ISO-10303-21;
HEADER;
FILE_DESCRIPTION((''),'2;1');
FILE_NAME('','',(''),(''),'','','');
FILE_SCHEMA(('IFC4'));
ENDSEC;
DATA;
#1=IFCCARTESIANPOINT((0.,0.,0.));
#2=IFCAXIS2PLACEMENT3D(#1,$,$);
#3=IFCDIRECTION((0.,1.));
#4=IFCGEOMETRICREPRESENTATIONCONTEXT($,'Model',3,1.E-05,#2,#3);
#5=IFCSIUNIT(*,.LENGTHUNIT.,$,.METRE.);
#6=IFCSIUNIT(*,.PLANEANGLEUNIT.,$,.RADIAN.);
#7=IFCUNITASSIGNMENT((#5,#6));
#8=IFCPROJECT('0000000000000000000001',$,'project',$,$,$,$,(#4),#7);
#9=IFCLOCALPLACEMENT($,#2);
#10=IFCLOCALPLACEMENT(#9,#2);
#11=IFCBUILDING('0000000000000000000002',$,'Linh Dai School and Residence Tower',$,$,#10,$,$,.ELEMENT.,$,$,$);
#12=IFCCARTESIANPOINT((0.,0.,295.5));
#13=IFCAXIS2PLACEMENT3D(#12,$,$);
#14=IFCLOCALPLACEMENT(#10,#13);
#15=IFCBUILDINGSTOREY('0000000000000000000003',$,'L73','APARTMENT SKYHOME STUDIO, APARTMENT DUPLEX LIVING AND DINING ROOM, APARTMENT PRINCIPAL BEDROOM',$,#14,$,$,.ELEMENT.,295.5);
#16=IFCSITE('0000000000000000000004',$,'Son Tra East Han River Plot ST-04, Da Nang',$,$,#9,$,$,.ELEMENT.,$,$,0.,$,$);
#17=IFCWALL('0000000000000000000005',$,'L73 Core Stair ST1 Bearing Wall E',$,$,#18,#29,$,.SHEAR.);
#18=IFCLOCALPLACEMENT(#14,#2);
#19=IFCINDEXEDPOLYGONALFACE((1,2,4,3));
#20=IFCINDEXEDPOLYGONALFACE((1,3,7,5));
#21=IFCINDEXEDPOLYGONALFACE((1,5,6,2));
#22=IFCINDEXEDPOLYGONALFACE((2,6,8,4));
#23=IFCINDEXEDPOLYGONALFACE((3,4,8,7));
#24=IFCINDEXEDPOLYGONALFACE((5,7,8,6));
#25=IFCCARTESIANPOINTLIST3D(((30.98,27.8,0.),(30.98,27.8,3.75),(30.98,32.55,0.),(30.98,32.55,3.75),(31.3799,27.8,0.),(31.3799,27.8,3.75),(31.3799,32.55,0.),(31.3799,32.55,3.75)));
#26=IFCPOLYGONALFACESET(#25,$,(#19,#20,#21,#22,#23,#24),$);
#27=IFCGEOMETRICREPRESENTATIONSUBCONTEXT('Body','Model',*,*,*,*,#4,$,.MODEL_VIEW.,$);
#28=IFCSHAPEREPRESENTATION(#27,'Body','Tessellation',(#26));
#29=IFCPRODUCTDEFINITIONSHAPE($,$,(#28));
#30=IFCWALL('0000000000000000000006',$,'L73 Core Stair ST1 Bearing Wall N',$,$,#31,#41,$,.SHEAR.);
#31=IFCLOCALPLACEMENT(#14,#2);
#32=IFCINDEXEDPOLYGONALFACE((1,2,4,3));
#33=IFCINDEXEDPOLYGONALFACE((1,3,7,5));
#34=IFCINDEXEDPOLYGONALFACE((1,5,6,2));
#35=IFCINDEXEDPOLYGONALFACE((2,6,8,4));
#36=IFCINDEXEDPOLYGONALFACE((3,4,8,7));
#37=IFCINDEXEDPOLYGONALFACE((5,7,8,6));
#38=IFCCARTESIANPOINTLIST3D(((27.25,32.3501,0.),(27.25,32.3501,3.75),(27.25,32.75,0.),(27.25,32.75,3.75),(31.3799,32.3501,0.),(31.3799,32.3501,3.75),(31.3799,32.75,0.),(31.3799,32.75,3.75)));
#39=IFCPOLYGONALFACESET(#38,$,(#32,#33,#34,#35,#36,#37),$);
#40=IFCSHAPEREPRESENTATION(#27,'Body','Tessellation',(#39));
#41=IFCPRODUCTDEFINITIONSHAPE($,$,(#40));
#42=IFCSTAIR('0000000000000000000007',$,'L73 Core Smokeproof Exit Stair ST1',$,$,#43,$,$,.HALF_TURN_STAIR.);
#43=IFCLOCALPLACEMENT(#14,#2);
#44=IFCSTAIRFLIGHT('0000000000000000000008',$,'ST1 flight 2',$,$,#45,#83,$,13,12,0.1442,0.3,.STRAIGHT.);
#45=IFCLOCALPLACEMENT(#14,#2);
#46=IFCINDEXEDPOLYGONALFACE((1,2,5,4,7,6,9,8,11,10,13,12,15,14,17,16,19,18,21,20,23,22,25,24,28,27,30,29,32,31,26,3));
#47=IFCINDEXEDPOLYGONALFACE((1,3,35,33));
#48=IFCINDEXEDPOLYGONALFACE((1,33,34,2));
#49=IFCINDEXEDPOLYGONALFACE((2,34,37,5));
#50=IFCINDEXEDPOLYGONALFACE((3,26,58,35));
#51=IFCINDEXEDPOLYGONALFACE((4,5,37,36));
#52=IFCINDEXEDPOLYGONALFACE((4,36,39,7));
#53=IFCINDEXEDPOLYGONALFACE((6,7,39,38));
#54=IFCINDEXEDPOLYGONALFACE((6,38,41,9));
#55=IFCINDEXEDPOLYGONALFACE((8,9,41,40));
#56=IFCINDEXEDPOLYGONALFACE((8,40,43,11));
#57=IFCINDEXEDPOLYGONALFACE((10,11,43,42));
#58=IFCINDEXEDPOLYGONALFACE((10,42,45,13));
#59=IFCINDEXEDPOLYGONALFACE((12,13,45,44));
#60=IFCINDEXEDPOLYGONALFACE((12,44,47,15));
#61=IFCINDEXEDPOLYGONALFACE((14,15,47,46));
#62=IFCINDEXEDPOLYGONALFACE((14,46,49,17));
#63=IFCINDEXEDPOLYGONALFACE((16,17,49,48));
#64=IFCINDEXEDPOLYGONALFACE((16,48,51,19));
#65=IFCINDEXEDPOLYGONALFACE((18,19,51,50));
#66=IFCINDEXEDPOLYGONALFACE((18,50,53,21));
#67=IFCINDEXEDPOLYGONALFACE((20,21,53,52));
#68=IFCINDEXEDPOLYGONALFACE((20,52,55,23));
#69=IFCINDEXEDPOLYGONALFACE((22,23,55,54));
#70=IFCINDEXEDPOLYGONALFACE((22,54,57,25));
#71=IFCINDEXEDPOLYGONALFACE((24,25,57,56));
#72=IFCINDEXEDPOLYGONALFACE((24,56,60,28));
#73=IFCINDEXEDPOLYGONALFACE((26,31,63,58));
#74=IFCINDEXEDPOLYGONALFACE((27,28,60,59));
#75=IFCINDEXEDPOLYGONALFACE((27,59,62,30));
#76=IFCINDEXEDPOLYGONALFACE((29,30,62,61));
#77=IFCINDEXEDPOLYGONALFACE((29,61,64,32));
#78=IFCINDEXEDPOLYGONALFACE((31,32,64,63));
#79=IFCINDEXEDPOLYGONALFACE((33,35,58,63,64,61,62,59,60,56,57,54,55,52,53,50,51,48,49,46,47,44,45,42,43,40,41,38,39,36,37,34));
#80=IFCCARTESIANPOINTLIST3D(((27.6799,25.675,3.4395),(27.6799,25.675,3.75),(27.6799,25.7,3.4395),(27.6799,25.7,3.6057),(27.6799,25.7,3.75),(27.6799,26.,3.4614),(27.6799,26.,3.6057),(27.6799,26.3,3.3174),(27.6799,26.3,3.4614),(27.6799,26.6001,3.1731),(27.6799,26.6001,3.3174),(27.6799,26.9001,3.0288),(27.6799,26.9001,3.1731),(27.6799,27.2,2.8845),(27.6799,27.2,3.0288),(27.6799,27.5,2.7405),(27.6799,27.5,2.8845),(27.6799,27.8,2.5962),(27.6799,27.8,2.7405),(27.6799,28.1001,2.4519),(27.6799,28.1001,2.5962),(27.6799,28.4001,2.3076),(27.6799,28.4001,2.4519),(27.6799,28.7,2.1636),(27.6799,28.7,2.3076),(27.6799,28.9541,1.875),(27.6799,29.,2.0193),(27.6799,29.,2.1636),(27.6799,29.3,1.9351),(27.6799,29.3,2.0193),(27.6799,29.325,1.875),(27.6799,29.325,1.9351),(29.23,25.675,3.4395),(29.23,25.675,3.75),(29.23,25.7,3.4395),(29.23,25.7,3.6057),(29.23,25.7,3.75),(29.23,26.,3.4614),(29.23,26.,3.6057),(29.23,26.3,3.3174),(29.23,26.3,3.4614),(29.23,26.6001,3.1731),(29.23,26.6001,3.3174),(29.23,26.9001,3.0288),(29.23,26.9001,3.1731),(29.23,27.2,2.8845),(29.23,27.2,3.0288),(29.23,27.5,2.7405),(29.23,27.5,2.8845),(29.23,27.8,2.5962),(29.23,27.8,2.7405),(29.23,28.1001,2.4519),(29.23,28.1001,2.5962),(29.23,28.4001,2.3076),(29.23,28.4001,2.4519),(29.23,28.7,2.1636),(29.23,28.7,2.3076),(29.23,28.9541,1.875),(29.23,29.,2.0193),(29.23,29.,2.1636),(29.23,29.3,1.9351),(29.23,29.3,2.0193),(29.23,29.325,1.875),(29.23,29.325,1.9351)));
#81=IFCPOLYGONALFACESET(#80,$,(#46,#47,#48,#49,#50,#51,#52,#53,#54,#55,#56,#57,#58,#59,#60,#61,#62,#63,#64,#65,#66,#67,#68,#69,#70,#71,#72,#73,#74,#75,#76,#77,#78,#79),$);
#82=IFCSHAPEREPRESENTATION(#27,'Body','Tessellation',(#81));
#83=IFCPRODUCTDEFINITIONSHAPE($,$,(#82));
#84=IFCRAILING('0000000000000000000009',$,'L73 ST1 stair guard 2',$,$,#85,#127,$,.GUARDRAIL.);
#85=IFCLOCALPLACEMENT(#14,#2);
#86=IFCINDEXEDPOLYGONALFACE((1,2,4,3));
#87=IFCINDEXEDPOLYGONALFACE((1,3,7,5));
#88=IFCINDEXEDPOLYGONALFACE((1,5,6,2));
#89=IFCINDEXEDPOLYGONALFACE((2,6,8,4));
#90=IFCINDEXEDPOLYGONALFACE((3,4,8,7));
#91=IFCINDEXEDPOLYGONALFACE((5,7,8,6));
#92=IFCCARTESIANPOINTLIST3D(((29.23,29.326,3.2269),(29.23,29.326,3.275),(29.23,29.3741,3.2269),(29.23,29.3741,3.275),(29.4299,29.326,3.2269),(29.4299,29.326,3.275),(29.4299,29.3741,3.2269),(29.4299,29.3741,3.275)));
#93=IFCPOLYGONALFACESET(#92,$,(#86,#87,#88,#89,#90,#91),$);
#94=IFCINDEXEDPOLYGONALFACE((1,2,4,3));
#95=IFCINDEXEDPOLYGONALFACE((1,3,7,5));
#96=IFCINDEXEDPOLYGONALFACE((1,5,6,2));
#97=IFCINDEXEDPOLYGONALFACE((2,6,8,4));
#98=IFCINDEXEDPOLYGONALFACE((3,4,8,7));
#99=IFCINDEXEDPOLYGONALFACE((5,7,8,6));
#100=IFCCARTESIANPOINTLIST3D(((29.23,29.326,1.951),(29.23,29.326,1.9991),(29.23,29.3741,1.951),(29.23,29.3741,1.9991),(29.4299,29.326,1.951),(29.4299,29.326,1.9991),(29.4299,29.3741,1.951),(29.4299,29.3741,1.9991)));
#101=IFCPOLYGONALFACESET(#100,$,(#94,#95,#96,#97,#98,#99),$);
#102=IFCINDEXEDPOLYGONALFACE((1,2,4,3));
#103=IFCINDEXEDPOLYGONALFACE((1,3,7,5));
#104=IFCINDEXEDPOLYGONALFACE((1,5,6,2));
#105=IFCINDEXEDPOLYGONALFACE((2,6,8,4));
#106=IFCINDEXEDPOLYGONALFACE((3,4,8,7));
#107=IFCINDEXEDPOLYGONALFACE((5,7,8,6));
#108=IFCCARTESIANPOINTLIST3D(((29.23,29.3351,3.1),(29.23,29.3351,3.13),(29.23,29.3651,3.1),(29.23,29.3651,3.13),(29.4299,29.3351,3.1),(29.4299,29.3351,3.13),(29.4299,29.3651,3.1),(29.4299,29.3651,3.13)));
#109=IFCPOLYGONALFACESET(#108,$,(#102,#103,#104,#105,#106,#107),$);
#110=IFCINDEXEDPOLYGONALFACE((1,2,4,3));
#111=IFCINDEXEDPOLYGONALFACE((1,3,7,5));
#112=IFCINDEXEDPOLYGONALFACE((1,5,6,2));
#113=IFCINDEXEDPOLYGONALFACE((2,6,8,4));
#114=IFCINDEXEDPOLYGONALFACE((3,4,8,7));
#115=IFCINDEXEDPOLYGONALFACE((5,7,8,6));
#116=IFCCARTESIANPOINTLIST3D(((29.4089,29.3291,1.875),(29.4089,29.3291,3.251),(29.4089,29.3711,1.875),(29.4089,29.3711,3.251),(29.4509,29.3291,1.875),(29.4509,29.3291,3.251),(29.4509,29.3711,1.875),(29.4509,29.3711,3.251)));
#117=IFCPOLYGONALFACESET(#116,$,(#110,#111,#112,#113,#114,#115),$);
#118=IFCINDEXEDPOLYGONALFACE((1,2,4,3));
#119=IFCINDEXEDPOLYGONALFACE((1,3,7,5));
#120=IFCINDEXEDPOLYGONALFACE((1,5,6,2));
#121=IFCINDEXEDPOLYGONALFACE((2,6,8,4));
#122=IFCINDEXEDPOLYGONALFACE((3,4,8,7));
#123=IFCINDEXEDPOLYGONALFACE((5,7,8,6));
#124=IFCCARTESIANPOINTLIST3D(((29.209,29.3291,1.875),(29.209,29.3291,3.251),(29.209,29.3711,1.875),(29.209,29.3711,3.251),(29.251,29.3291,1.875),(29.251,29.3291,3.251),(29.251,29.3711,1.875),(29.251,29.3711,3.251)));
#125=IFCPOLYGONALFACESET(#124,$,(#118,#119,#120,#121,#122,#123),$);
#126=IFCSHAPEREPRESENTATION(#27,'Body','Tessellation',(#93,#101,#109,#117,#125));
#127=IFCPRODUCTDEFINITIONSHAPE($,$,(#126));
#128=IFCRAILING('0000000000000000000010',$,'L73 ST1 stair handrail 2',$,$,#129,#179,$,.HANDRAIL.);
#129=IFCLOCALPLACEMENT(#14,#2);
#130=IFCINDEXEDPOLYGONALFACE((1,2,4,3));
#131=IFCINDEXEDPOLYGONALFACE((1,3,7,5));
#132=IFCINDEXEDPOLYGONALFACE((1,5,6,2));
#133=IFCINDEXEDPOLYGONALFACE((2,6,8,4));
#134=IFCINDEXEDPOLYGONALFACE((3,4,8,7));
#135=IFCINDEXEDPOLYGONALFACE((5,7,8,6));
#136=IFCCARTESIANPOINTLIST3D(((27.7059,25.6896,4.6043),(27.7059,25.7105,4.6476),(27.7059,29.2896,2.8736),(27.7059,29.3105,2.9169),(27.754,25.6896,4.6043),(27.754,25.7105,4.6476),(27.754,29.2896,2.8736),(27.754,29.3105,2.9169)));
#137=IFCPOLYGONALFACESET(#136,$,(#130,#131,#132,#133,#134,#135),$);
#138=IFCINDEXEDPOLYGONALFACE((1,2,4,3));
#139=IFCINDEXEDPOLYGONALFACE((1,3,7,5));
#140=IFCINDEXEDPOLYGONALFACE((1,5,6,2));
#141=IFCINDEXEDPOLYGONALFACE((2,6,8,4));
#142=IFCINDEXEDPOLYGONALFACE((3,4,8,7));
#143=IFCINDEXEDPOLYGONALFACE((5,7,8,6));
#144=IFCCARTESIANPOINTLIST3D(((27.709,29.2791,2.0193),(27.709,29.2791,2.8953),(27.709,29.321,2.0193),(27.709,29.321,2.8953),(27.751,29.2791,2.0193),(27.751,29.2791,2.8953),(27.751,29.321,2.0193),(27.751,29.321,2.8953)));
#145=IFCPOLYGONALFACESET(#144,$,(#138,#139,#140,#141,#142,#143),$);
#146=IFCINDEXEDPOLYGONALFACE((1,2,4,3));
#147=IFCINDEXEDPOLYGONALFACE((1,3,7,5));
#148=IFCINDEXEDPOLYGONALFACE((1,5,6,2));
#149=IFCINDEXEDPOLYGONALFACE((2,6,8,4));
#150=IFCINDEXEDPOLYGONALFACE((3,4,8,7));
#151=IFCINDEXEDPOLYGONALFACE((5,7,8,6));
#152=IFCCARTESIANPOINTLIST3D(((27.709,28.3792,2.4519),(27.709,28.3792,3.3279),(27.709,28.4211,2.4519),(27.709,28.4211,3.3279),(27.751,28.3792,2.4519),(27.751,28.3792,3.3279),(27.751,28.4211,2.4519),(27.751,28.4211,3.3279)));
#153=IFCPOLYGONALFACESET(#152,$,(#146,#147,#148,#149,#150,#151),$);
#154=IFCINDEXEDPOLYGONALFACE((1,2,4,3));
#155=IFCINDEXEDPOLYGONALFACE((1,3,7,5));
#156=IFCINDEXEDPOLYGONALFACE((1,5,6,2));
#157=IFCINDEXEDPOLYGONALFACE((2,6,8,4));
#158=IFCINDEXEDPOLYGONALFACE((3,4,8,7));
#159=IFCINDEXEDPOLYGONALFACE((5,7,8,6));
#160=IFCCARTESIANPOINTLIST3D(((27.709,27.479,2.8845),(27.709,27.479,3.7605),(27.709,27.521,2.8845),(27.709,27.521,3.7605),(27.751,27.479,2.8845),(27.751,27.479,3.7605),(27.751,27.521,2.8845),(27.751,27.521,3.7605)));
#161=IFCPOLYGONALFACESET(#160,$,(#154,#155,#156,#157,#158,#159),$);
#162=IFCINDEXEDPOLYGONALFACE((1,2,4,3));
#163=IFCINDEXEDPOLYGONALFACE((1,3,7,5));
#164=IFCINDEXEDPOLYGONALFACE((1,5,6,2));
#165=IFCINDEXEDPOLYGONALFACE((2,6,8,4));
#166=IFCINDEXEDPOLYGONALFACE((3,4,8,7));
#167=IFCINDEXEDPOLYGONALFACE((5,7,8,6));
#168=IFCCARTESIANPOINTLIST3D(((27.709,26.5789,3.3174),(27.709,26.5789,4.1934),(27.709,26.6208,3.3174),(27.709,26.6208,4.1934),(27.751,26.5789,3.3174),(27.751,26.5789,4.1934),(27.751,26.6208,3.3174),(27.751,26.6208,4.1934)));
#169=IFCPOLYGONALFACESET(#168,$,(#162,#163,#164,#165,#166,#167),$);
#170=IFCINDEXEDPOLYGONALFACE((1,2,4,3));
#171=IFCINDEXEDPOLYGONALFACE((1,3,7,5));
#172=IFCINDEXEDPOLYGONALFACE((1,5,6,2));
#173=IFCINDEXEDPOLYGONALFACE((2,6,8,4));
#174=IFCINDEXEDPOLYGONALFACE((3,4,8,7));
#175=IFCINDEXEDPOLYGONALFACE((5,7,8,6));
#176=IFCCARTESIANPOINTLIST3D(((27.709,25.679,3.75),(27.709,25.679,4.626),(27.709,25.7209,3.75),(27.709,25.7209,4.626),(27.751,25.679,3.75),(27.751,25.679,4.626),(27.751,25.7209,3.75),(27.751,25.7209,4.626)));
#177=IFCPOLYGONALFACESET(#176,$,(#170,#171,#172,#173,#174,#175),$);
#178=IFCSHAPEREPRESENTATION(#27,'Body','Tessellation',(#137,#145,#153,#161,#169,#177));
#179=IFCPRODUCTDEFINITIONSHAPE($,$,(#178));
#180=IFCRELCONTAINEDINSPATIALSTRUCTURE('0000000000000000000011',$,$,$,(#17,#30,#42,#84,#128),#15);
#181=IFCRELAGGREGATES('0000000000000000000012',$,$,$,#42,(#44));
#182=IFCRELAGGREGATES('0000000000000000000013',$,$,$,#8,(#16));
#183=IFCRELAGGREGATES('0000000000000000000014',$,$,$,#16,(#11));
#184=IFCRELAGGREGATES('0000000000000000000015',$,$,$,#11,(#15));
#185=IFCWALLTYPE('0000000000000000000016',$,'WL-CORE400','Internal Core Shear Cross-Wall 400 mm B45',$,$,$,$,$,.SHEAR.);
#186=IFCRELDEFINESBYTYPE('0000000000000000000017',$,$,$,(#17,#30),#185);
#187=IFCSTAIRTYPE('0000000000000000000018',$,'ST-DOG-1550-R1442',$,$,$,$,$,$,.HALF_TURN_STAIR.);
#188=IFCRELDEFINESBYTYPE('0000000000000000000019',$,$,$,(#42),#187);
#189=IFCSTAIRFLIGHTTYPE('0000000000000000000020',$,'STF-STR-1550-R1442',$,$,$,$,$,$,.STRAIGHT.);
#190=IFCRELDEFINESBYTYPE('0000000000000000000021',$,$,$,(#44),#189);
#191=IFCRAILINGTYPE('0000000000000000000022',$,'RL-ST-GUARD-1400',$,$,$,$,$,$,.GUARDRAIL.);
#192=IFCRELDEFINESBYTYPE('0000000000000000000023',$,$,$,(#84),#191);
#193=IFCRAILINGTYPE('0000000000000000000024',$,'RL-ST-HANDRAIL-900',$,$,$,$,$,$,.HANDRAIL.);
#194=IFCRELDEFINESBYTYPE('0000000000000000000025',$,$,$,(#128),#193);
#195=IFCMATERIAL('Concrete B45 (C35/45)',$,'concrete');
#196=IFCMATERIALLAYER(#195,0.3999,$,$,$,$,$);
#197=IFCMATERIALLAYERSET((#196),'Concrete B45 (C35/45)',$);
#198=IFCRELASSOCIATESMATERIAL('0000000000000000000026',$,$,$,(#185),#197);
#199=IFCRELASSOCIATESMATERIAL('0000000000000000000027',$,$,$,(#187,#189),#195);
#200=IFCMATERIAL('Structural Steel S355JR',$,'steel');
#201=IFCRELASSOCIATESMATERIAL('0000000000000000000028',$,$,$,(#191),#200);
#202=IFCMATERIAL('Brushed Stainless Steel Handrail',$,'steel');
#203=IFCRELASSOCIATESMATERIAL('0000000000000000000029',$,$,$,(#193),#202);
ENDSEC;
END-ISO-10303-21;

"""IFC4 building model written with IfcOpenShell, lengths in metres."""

from ifc_helpers import new_model, si_unit, direction, frame, frame_2d, origin, origin_2d, place, context, subcontext, project, spatial, polyline, rectangle, outline, extrude, source, transform, mapped, material, layer, layer_set, type_object, element, aggregate, save


model = new_model("IFC4")

# Units and contexts
model_context = context("Model", 3, precision=1e-05, world=origin(), true_north=direction((0.0, 1.0)))
body_context = subcontext(model_context, "Body", "Model", "MODEL_VIEW")
ifc_project = project(units=[si_unit("LENGTHUNIT", "METRE"), si_unit("PLANEANGLEUNIT", "RADIAN")], contexts=[model_context])

# Site, building, storey
site_placement = place(None, origin())
site = spatial("IfcSite", under=ifc_project, at=site_placement, Name="Son Tra East Han River Plot ST-04, Da Nang", CompositionType="ELEMENT", RefElevation=0.0)
building_placement = place(site_placement, origin())
building = spatial("IfcBuilding", under=site, at=building_placement, Name="Linh Dai School and Residence Tower", CompositionType="ELEMENT")
storey_placement = place(building_placement, frame((0.0, 0.0, 295.5)))
storey = spatial("IfcBuildingStorey", under=building, at=storey_placement, Name="L73", Description="APARTMENT SKYHOME STUDIO, APARTMENT DUPLEX LIVING AND DINING ROOM, APARTMENT PRINCIPAL BEDROOM", CompositionType="ELEMENT", Elevation=295.5)

# Shared definitions
ifc_material_1 = material(Name="Structural Steel S355JR", Category="steel")

# Shared definitions
ifc_material_2 = material(Name="Concrete B45 (C35/45)", Category="concrete")

# Walls
ifc_layer_1 = layer(ifc_material_2, 0.3999)
ifc_layer_set_1 = layer_set([ifc_layer_1], Name="Concrete B45 (C35/45)")
wall_type_1 = type_object("IfcWallType", Name="WL-CORE400", Description="Internal Core Shear Cross-Wall 400 mm B45", PredefinedType="SHEAR", material=ifc_layer_set_1)
wall_1_placement = place(storey_placement, frame((31.1799, 27.8, 0.0), z_axis=(0.0, 0.0, 1.0), x_axis=(0.0, 1.0, 0.0)))
element("IfcWall", 1, at=wall_1_placement, inside=storey, type_object=wall_type_1, Name="L73 Core Stair ST1 Bearing Wall E", PredefinedType="SHEAR", context=body_context, shape_type="SweptSolid", body=[
    extrude(rectangle(XDim=4.75, YDim=0.3999, at=frame_2d((2.375, 0.0))), origin(), (0.0, 0.0, 1.0), 3.75),
])
wall_2_placement = place(storey_placement, frame((27.25, 32.55, 0.0), z_axis=(0.0, 0.0, 1.0), x_axis=(1.0, 0.0, 0.0)))
element("IfcWall", 2, at=wall_2_placement, inside=storey, type_object=wall_type_1, Name="L73 Core Stair ST1 Bearing Wall N", PredefinedType="SHEAR", context=body_context, shape_type="SweptSolid", body=[
    extrude(rectangle(XDim=4.1299, YDim=0.3999, at=frame_2d((2.0649, 0.0))), origin(), (0.0, 0.0, 1.0), 3.75),
])

# Stair, stair flight
stair_type = type_object("IfcStairType", Name="ST-DOG-1550-R1442", PredefinedType="HALF_TURN_STAIR", material=ifc_material_2)
stair_placement = place(storey_placement, origin())
stair = element("IfcStair", 3, at=stair_placement, inside=storey, type_object=stair_type, Name="L73 Core Smokeproof Exit Stair ST1", PredefinedType="HALF_TURN_STAIR")
stair_flight_type = type_object("IfcStairFlightType", Name="STF-STR-1550-R1442", PredefinedType="STRAIGHT", material=ifc_material_2)
shared_shape_1 = source(origin(), body_context, "Body", "SweptSolid", [
    extrude(outline(polyline([(-0.0249, 0.0), (-0.0249, 0.0601), (0.0, 0.0601), (0.0, 0.1443), (0.3, 0.1443), (0.3, 0.2886), (0.6001, 0.2886), (0.6001, 0.4326), (0.8999, 0.4326), (0.8999, 0.5769), (1.2, 0.5769), (1.2, 0.7212), (1.5, 0.7212), (1.5, 0.8655), (1.8, 0.8655), (1.8, 1.0095), (2.1001, 1.0095), (2.1001, 1.1538), (2.3999, 1.1538), (2.3999, 1.2981), (2.7, 1.2981), (2.7, 1.4424), (3.0, 1.4424), (3.0, 1.5864), (3.3, 1.5864), (3.3, 1.7307), (3.6001, 1.7307), (3.6001, 1.875), (3.625, 1.875), (3.625, 1.5645), (3.6001, 1.5645), (0.3459, 0.0), (-0.0249, 0.0)])), frame((0.0, 0.7749, 0.0), z_axis=(0.0, -1.0, 0.0), x_axis=(1.0, 0.0, 0.0)), (0.0, 0.0, 1.0), 1.55),
])
stair_flight_placement = place(storey_placement, frame((28.4551, 29.3, 1.875), z_axis=(0.0, 0.0, 1.0), x_axis=(0.0, -1.0, 0.0)))
stair_flight = element("IfcStairFlight", 4, at=stair_flight_placement, type_object=stair_flight_type, Name="ST1 flight 2", NumberOfRisers=13, NumberOfTreads=12, PredefinedType="STRAIGHT", RiserHeight=0.1442, TreadLength=0.3, context=body_context, shape_type="MappedRepresentation", body=[
    mapped(shared_shape_1, transform((0.0, 0.0, 0.0), x_axis=(1.0, 0.0, 0.0), y_axis=(0.0, 1.0, 0.0), z_axis=(0.0, 0.0, 1.0), scale=1.0)),
])
aggregate(stair, [stair_flight])

# Railings
railing_type_1 = type_object("IfcRailingType", Name="RL-ST-GUARD-1400", PredefinedType="GUARDRAIL", material=ifc_material_1)
shared_shape_2 = source(origin(), body_context, "Body", "SweptSolid", [
    extrude(rectangle(XDim=0.0481, YDim=0.0481, at=origin_2d()), frame((0.0, 0.0, 1.376), z_axis=(-1.0, 0.0, 0.0), x_axis=(0.0, -1.0, 0.0)), (0.0, 0.0, 1.0), 0.2),
    extrude(rectangle(XDim=0.0481, YDim=0.0481, at=origin_2d()), frame((0.0, 0.0, 0.1001), z_axis=(-1.0, 0.0, 0.0), x_axis=(0.0, -1.0, 0.0)), (0.0, 0.0, 1.0), 0.2),
    extrude(rectangle(XDim=0.03, YDim=0.03, at=origin_2d()), frame((0.0, 0.0, 1.24), z_axis=(-1.0, 0.0, 0.0), x_axis=(0.0, -1.0, 0.0)), (0.0, 0.0, 1.0), 0.2),
    extrude(rectangle(XDim=0.042, YDim=0.042, at=origin_2d()), origin(), (0.0, 0.0, 1.0), 1.376),
    extrude(rectangle(XDim=0.042, YDim=0.042, at=origin_2d()), frame((-0.2, 0.0, 0.0)), (0.0, 0.0, 1.0), 1.376),
])
railing_1_placement = place(storey_placement, frame((29.4299, 29.3501, 1.875)))
element("IfcRailing", 5, at=railing_1_placement, inside=storey, type_object=railing_type_1, Name="L73 ST1 stair guard 2", PredefinedType="GUARDRAIL", context=body_context, shape_type="MappedRepresentation", body=[
    mapped(shared_shape_2, transform((0.0, 0.0, 0.0), x_axis=(1.0, 0.0, 0.0), y_axis=(0.0, 1.0, 0.0), z_axis=(0.0, 0.0, 1.0), scale=1.0)),
])
ifc_material_3 = material(Name="Brushed Stainless Steel Handrail", Category="steel")
railing_type_2 = type_object("IfcRailingType", Name="RL-ST-HANDRAIL-900", PredefinedType="HANDRAIL", material=ifc_material_3)
shared_shape_3 = source(origin(), body_context, "Body", "SweptSolid", [
    extrude(rectangle(XDim=0.0481, YDim=0.0481, at=origin_2d()), frame((0.0, 0.0, 0.876), z_axis=(0.0, -0.901263, 0.433273), x_axis=(1.0, 0.0, 0.0)), (0.0, 0.0, 1.0), 3.9944),
    extrude(rectangle(XDim=0.042, YDim=0.042, at=origin_2d()), origin(), (0.0, 0.0, 1.0), 0.876),
    extrude(rectangle(XDim=0.042, YDim=0.042, at=origin_2d()), frame((0.0, -0.8999, 0.4326)), (0.0, 0.0, 1.0), 0.876),
    extrude(rectangle(XDim=0.042, YDim=0.042, at=origin_2d()), frame((0.0, -1.8, 0.8652)), (0.0, 0.0, 1.0), 0.876),
    extrude(rectangle(XDim=0.042, YDim=0.042, at=origin_2d()), frame((0.0, -2.7002, 1.2981)), (0.0, 0.0, 1.0), 0.876),
    extrude(rectangle(XDim=0.042, YDim=0.042, at=origin_2d()), frame((0.0, -3.6001, 1.7307)), (0.0, 0.0, 1.0), 0.876),
])
railing_2_placement = place(storey_placement, frame((27.73, 29.3, 2.0193)))
element("IfcRailing", 6, at=railing_2_placement, inside=storey, type_object=railing_type_2, Name="L73 ST1 stair handrail 2", PredefinedType="HANDRAIL", context=body_context, shape_type="MappedRepresentation", body=[
    mapped(shared_shape_3, transform((0.0, 0.0, 0.0), x_axis=(1.0, 0.0, 0.0), y_axis=(0.0, 1.0, 0.0), z_axis=(0.0, 0.0, 1.0), scale=1.0)),
])

save(model, "model.ifc")
